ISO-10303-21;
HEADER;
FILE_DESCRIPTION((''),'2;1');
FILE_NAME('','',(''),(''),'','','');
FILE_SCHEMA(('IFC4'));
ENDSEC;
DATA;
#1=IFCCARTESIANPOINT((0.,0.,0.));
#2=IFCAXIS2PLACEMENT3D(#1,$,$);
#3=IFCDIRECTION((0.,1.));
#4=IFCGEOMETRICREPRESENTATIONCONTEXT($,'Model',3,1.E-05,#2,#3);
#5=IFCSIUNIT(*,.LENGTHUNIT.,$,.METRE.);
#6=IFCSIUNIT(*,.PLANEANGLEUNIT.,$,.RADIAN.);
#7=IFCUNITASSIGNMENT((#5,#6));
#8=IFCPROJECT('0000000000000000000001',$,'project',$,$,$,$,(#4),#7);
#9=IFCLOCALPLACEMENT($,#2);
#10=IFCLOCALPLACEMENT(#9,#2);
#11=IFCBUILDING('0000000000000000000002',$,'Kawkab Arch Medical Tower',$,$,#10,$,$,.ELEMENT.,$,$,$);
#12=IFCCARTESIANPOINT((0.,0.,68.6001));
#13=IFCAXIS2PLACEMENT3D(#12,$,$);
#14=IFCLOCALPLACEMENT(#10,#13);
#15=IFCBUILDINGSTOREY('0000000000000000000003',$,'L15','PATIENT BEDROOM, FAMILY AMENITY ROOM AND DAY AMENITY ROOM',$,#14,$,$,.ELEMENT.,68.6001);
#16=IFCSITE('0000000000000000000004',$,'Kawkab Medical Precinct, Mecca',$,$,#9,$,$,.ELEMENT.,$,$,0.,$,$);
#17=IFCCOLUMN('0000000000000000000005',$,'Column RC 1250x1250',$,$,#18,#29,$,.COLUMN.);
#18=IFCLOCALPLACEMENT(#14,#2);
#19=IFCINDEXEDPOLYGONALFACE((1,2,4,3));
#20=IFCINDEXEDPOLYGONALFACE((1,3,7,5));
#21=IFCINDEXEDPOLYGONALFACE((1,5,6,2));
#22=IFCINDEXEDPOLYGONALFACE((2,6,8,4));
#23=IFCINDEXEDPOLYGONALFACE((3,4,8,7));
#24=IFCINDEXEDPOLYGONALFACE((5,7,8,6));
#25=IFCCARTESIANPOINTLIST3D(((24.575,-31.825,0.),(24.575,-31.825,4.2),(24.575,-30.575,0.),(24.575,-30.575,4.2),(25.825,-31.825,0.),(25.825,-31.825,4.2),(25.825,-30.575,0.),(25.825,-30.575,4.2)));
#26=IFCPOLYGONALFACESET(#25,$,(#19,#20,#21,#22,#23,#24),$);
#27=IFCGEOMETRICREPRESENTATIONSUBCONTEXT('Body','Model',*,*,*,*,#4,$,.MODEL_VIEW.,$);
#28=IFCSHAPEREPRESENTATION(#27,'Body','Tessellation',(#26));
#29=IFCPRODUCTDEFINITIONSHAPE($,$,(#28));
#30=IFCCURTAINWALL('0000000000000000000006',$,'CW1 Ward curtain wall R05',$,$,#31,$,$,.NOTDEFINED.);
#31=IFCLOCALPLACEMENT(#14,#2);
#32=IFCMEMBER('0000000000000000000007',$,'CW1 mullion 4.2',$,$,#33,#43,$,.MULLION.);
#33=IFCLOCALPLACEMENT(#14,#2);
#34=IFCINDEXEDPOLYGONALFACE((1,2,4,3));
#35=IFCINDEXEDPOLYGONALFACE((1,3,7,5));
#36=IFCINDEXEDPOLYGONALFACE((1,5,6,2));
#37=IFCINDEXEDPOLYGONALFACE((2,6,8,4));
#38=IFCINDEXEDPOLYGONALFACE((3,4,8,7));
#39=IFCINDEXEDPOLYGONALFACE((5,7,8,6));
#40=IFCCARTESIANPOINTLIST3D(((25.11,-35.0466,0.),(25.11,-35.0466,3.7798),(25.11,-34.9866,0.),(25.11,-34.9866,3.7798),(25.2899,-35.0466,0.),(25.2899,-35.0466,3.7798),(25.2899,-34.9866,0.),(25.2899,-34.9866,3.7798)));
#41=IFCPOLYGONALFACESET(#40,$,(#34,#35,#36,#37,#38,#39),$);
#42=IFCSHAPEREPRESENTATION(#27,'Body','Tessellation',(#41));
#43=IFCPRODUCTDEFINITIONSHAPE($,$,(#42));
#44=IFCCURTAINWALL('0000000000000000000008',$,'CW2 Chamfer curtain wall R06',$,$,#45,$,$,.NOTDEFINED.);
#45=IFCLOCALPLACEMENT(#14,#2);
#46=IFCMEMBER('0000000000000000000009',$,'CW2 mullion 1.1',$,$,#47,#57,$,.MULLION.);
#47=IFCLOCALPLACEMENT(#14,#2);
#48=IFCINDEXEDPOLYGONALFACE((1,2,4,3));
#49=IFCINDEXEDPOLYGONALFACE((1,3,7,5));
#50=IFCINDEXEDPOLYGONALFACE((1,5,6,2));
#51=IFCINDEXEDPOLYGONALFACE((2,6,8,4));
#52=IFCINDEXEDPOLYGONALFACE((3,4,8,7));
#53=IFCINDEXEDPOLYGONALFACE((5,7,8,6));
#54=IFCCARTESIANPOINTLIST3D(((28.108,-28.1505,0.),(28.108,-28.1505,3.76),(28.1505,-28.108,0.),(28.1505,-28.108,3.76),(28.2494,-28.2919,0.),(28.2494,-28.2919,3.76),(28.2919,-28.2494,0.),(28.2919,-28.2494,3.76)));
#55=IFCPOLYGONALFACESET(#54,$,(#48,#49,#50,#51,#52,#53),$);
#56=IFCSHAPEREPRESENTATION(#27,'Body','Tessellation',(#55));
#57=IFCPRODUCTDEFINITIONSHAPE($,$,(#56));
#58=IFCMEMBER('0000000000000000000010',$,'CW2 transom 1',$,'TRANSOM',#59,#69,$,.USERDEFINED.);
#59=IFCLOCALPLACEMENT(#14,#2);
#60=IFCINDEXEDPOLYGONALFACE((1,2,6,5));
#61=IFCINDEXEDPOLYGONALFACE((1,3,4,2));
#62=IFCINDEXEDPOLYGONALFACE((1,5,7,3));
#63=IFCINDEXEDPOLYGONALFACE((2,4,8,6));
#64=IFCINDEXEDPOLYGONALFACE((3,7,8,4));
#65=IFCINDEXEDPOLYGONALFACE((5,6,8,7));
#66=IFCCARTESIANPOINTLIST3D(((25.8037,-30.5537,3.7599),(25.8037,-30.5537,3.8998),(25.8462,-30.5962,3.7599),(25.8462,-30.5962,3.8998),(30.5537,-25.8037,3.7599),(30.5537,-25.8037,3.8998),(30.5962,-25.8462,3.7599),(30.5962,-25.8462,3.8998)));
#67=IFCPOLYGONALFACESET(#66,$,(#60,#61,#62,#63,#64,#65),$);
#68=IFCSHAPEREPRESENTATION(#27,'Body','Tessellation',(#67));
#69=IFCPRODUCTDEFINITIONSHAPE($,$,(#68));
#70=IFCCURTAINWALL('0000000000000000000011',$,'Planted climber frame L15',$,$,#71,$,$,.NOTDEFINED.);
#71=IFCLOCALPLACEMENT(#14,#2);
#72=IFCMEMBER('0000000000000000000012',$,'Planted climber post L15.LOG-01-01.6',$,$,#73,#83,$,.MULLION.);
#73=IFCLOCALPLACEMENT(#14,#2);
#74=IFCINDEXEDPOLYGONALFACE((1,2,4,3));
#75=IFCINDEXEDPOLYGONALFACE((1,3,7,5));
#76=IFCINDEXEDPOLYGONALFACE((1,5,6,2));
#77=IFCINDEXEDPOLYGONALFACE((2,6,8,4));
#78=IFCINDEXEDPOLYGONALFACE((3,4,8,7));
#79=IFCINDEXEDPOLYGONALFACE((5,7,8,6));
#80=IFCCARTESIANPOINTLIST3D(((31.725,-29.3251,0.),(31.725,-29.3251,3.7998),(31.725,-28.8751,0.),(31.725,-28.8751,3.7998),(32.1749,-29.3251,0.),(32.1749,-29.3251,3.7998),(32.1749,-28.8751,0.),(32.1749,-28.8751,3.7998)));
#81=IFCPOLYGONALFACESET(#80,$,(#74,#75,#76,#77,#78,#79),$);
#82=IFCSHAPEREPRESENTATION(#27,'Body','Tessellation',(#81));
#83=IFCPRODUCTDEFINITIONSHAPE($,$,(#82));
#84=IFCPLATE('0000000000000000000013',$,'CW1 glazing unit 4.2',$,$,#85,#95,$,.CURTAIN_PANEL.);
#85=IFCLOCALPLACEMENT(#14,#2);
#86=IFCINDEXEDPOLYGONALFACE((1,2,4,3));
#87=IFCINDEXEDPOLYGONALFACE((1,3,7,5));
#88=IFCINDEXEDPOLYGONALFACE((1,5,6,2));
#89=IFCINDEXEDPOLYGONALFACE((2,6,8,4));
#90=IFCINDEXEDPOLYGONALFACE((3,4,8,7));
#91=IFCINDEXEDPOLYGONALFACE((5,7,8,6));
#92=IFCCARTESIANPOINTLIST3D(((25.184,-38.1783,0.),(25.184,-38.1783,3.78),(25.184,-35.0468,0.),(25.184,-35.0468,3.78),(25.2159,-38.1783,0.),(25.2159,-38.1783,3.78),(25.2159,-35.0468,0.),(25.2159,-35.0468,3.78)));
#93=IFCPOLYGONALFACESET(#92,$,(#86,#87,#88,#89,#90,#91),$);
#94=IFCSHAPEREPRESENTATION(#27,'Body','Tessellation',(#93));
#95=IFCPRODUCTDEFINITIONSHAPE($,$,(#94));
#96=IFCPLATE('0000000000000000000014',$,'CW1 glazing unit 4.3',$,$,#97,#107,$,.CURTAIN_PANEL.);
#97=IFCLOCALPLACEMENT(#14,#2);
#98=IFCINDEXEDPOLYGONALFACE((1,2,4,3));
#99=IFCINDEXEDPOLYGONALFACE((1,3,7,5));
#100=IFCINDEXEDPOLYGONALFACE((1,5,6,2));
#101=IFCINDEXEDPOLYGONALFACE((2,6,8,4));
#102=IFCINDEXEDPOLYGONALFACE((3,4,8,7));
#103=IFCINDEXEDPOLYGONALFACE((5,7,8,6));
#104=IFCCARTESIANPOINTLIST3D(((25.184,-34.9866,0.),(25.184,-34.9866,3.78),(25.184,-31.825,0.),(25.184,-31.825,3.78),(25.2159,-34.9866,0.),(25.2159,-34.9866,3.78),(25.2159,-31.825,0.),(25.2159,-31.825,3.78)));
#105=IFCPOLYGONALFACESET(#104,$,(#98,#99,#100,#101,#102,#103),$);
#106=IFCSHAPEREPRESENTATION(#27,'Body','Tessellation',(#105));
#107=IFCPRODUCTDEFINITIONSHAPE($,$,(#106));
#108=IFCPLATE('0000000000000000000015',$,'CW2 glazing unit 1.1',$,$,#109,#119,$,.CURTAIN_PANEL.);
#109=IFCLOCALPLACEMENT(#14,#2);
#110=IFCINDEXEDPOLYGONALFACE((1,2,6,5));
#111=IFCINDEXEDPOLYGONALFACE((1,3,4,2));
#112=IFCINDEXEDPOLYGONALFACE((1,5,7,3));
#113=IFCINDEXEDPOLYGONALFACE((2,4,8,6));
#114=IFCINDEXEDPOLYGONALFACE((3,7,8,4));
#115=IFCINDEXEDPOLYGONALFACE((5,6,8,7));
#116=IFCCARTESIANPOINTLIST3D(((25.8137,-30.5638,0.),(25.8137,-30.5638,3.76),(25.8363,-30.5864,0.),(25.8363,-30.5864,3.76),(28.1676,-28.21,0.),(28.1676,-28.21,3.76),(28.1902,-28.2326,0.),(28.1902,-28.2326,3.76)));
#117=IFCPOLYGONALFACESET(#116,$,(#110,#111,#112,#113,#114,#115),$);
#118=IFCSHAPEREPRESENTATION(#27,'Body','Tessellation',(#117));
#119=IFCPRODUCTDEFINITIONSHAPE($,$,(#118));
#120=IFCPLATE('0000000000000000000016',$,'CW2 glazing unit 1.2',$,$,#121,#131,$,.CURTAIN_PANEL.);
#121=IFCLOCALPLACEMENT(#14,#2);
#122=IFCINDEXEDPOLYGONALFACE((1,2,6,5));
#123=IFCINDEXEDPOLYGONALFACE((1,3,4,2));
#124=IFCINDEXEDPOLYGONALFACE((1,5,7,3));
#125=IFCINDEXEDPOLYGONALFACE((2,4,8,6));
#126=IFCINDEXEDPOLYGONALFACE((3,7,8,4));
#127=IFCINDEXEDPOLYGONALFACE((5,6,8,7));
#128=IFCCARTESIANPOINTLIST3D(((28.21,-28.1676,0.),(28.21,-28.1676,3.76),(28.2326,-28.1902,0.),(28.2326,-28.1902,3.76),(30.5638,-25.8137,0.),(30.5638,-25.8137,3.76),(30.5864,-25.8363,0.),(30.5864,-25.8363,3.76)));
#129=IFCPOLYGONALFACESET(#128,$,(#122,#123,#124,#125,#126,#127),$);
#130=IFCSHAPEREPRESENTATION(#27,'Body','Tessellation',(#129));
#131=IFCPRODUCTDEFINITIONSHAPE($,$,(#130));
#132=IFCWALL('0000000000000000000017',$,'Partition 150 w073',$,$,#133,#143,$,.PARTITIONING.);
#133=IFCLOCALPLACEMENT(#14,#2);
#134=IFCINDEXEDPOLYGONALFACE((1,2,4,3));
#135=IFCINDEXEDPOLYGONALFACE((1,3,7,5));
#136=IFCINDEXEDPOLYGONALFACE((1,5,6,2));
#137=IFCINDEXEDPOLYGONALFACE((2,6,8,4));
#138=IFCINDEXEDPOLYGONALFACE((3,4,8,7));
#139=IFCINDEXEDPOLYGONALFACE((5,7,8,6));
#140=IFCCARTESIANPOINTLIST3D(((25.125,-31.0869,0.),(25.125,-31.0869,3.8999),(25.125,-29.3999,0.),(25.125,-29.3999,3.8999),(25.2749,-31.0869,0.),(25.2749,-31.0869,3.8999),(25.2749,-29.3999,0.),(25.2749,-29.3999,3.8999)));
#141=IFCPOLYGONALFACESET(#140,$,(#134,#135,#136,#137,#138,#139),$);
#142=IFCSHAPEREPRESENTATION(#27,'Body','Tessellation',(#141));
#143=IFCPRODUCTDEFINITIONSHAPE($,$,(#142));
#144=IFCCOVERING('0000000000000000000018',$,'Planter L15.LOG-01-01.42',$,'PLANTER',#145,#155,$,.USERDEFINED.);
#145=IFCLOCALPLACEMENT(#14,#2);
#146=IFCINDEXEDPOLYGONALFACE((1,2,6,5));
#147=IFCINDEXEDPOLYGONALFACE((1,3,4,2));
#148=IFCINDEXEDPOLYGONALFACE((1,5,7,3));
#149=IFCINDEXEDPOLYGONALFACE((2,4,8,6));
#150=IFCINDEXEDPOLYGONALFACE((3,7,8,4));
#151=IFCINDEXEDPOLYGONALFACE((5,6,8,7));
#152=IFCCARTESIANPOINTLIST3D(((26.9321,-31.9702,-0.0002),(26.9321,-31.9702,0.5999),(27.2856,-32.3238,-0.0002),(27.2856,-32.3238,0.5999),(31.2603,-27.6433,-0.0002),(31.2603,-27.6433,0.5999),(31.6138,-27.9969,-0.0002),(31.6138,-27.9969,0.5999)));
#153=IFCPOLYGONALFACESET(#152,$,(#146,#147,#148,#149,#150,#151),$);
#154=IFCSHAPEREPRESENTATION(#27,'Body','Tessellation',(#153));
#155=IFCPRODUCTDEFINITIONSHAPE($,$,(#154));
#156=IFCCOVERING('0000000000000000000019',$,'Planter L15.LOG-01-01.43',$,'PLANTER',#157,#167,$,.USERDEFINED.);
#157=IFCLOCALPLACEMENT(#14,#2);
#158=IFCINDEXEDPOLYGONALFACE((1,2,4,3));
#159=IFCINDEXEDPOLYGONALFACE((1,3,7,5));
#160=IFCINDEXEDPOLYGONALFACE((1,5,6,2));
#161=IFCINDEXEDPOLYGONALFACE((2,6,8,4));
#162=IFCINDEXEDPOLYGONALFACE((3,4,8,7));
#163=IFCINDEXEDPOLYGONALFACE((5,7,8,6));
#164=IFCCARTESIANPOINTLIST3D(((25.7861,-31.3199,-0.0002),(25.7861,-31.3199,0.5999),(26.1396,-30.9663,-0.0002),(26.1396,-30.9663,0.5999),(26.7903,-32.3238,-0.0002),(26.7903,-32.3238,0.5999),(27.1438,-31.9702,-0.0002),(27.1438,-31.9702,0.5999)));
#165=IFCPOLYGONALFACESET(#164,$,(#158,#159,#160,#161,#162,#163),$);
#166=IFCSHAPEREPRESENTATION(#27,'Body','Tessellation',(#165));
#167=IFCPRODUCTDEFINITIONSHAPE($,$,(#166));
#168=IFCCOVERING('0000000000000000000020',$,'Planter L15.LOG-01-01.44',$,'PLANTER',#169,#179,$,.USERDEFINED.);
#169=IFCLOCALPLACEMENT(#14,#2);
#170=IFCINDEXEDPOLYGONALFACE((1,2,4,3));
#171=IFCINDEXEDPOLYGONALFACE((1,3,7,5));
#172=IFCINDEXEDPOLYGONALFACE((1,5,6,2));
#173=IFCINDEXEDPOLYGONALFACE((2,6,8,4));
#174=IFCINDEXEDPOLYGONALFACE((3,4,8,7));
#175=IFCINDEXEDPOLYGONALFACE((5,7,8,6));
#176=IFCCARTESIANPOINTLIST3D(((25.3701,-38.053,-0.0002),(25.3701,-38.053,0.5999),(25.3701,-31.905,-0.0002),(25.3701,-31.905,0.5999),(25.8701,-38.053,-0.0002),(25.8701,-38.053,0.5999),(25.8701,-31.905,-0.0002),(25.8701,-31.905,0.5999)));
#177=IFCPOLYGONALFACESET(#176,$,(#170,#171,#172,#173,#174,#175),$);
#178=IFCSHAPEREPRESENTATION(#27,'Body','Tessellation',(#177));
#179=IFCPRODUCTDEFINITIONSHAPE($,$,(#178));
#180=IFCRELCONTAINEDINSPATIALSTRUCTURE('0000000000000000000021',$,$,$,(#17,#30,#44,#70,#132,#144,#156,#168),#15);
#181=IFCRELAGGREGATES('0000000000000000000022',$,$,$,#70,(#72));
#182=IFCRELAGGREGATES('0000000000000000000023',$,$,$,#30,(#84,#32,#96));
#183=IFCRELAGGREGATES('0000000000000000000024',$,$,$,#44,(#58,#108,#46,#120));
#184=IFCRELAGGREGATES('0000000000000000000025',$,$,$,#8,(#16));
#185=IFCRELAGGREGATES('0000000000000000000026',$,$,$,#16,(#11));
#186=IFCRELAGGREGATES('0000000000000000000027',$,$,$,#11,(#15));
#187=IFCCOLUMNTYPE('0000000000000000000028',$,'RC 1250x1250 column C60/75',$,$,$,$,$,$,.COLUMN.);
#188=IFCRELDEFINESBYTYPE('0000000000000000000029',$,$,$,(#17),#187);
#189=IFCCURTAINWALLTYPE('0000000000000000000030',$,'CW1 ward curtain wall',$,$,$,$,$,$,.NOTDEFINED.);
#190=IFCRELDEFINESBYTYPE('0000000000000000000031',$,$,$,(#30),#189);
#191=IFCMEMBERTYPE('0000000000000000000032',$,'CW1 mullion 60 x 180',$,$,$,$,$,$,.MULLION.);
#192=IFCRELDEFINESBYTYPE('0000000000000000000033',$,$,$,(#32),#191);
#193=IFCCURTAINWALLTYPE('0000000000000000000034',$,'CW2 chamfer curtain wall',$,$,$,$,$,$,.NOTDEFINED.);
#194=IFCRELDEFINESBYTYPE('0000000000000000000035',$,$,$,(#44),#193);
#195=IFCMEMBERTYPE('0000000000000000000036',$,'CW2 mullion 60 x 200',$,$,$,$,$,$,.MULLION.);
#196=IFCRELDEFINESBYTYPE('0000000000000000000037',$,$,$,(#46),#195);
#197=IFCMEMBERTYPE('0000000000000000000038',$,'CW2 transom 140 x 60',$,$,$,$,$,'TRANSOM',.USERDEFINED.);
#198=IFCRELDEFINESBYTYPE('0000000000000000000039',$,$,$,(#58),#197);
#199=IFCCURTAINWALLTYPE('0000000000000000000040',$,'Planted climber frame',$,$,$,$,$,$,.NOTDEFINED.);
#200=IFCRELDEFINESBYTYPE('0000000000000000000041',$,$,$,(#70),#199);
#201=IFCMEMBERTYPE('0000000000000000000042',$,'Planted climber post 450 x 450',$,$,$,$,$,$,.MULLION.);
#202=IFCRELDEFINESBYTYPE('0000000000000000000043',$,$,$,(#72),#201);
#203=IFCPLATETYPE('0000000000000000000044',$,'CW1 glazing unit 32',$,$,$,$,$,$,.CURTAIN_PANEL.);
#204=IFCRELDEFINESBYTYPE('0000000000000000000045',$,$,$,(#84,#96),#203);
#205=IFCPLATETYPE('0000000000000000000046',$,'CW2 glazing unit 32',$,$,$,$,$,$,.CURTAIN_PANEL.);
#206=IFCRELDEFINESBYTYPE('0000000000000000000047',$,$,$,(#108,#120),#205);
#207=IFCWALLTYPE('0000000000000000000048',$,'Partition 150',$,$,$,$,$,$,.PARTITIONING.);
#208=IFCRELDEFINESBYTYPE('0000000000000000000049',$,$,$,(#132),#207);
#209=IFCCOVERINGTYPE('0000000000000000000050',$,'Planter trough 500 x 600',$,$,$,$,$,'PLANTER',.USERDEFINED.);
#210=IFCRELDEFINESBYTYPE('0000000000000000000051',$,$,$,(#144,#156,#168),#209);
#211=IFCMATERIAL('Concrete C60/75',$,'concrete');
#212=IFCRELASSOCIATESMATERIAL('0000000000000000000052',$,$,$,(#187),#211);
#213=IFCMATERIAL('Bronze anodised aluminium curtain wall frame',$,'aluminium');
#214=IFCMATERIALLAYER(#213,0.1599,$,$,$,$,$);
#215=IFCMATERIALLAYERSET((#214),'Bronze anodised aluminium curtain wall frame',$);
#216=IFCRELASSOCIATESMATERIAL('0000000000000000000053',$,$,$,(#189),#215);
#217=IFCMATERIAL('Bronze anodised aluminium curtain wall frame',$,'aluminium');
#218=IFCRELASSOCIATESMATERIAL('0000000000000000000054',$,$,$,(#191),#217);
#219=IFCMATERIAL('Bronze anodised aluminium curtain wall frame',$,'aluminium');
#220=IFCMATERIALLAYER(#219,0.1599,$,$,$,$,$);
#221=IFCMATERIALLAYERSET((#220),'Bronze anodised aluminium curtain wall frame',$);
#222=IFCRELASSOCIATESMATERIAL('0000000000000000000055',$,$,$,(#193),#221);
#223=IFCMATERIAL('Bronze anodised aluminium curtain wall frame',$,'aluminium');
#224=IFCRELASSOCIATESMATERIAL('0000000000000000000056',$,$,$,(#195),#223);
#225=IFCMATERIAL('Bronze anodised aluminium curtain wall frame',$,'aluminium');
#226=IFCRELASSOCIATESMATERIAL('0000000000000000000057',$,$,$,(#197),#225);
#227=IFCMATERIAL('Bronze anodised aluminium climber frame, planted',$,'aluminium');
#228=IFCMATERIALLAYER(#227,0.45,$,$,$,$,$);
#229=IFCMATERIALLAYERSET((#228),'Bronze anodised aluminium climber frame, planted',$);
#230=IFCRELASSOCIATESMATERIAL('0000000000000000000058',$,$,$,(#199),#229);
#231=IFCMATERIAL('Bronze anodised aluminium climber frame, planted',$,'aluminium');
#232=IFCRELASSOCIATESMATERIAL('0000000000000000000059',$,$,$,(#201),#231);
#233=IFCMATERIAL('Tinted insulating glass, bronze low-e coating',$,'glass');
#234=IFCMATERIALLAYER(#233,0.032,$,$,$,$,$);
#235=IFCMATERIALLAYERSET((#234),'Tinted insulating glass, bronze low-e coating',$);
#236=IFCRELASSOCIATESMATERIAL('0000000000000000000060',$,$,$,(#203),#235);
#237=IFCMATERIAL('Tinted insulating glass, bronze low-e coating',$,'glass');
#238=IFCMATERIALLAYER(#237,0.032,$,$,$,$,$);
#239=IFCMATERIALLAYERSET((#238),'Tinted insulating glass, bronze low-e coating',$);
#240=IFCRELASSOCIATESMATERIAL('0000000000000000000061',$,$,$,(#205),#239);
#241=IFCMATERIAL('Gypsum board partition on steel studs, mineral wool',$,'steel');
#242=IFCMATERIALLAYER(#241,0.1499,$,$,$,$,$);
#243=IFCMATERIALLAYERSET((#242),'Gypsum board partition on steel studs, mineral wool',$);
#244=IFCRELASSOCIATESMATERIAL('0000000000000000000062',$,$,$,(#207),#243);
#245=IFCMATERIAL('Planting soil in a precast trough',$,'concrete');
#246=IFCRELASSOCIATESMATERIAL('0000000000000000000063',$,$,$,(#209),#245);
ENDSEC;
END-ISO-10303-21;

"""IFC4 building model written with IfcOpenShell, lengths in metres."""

from ifc_helpers import new_model, si_unit, direction, frame, frame_2d, origin, origin_2d, place, context, subcontext, project, spatial, rectangle, extrude, material, layer, layer_set, material_profile, profile_set, type_object, element, aggregate, save


model = new_model("IFC4")

# Units and contexts
model_context = context("Model", 3, precision=1e-05, world=origin(), true_north=direction((0.0, 1.0)))
body_context = subcontext(model_context, "Body", "Model", "MODEL_VIEW")
ifc_project = project(units=[si_unit("LENGTHUNIT", "METRE"), si_unit("PLANEANGLEUNIT", "RADIAN")], contexts=[model_context])

# Site, building, storey
site_placement = place(None, origin())
site = spatial("IfcSite", under=ifc_project, at=site_placement, Name="Kawkab Medical Precinct, Mecca", CompositionType="ELEMENT", RefElevation=0.0)
building_placement = place(site_placement, origin())
building = spatial("IfcBuilding", under=site, at=building_placement, Name="Kawkab Arch Medical Tower", CompositionType="ELEMENT")
storey_placement = place(building_placement, frame((0.0, 0.0, 68.6001)))
storey = spatial("IfcBuildingStorey", under=building, at=storey_placement, Name="L15", Description="PATIENT BEDROOM, FAMILY AMENITY ROOM AND DAY AMENITY ROOM", CompositionType="ELEMENT", Elevation=68.6001)

# Column
ifc_material_1 = material(Name="Concrete C60/75", Category="concrete")
ifc_material_profile_1 = material_profile(ifc_material_1, rectangle(XDim=1.25, YDim=1.25, at=origin_2d()), Name="RC 1250x1250")
ifc_profile_set_1 = profile_set([ifc_material_profile_1], Name="Concrete C60/75")
column_type = type_object("IfcColumnType", Name="RC 1250x1250 column C60/75", PredefinedType="COLUMN", material=ifc_profile_set_1)
column_placement = place(storey_placement, frame((25.2, -31.2, 0.0), z_axis=(0.0, 0.0, 1.0), x_axis=(1.0, 0.0, 0.0)))
element("IfcColumn", 1, at=column_placement, inside=storey, type_object=column_type, Name="Column RC 1250x1250", PredefinedType="COLUMN", context=body_context, shape_type="SweptSolid", body=[
    extrude(rectangle(XDim=1.25, YDim=1.25, at=origin_2d()), origin(), (0.0, 0.0, 1.0), 4.2),
])

# Curtain wall, member
ifc_material_2 = material(Name="Bronze anodised aluminium curtain wall frame", Category="aluminium")
ifc_layer_1 = layer(ifc_material_2, 0.1599)
ifc_layer_set_1 = layer_set([ifc_layer_1], Name="Bronze anodised aluminium curtain wall frame")
curtain_wall_type_1 = type_object("IfcCurtainWallType", Name="CW1 ward curtain wall", PredefinedType="NOTDEFINED", material=ifc_layer_set_1)
placement = place(storey_placement, origin())
curtain_wall_1 = element("IfcCurtainWall", 2, at=placement, inside=storey, type_object=curtain_wall_type_1, Name="CW1 Ward curtain wall R05", PredefinedType="NOTDEFINED")
ifc_material_3 = material(Name="Bronze anodised aluminium curtain wall frame", Category="aluminium")
ifc_material_profile_2 = material_profile(ifc_material_3, rectangle(XDim=0.1799, YDim=0.0601, at=origin_2d()), Name="AL 60x180")
ifc_profile_set_2 = profile_set([ifc_material_profile_2], Name="Bronze anodised aluminium curtain wall frame")
member_type_1 = type_object("IfcMemberType", Name="CW1 mullion 60 x 180", PredefinedType="MULLION", material=ifc_profile_set_2)
member_1_placement = place(storey_placement, frame((25.2, -35.0166, 0.0), z_axis=(0.0, 0.0, 1.0), x_axis=(-1.0, 0.0, 0.0)))
member_1 = element("IfcMember", 3, at=member_1_placement, type_object=member_type_1, Name="CW1 mullion 4.2", PredefinedType="MULLION", context=body_context, shape_type="SweptSolid", body=[
    extrude(rectangle(XDim=0.1799, YDim=0.0601, at=origin_2d()), origin(), (0.0, 0.0, 1.0), 3.7798),
])

# Curtain wall, members
ifc_material_4 = material(Name="Bronze anodised aluminium curtain wall frame", Category="aluminium")
ifc_layer_2 = layer(ifc_material_4, 0.1599)
ifc_layer_set_2 = layer_set([ifc_layer_2], Name="Bronze anodised aluminium curtain wall frame")
curtain_wall_type_2 = type_object("IfcCurtainWallType", Name="CW2 chamfer curtain wall", PredefinedType="NOTDEFINED", material=ifc_layer_set_2)
curtain_wall_2 = element("IfcCurtainWall", 4, at=placement, inside=storey, type_object=curtain_wall_type_2, Name="CW2 Chamfer curtain wall R06", PredefinedType="NOTDEFINED")
ifc_material_5 = material(Name="Bronze anodised aluminium curtain wall frame", Category="aluminium")
ifc_material_profile_3 = material_profile(ifc_material_5, rectangle(XDim=0.2, YDim=0.0601, at=origin_2d()), Name="AL 60x200")
ifc_profile_set_3 = profile_set([ifc_material_profile_3], Name="Bronze anodised aluminium curtain wall frame")
member_type_2 = type_object("IfcMemberType", Name="CW2 mullion 60 x 200", PredefinedType="MULLION", material=ifc_profile_set_3)
member_2_placement = place(storey_placement, frame((28.2, -28.2, 0.0), z_axis=(0.0, 0.0, 1.0), x_axis=(-0.707107, 0.707107, 0.0)))
member_2 = element("IfcMember", 5, at=member_2_placement, type_object=member_type_2, Name="CW2 mullion 1.1", PredefinedType="MULLION", context=body_context, shape_type="SweptSolid", body=[
    extrude(rectangle(XDim=0.2, YDim=0.0601, at=origin_2d()), origin(), (0.0, 0.0, 1.0), 3.76),
])
ifc_material_6 = material(Name="Bronze anodised aluminium curtain wall frame", Category="aluminium")
ifc_material_profile_4 = material_profile(ifc_material_6, rectangle(XDim=0.0601, YDim=0.1399, at=origin_2d()), Name="AL 60x140")
ifc_profile_set_4 = profile_set([ifc_material_profile_4], Name="Bronze anodised aluminium curtain wall frame")
member_type_3 = type_object("IfcMemberType", Name="CW2 transom 140 x 60", ElementType="TRANSOM", PredefinedType="USERDEFINED", material=ifc_profile_set_4)
member_3_placement = place(storey_placement, frame((25.825, -30.575, 3.8298), z_axis=(0.707107, 0.707107, 0.0), x_axis=(-0.707107, 0.707107, 0.0)))
member_3 = element("IfcMember", 6, at=member_3_placement, type_object=member_type_3, Name="CW2 transom 1", ObjectType="TRANSOM", PredefinedType="USERDEFINED", context=body_context, shape_type="SweptSolid", body=[
    extrude(rectangle(XDim=0.0601, YDim=0.1399, at=origin_2d()), origin(), (0.0, 0.0, 1.0), 6.7175),
])

# Curtain wall, member
ifc_material_7 = material(Name="Bronze anodised aluminium climber frame, planted", Category="aluminium")
ifc_layer_3 = layer(ifc_material_7, 0.45)
ifc_layer_set_3 = layer_set([ifc_layer_3], Name="Bronze anodised aluminium climber frame, planted")
curtain_wall_type_3 = type_object("IfcCurtainWallType", Name="Planted climber frame", PredefinedType="NOTDEFINED", material=ifc_layer_set_3)
curtain_wall_3 = element("IfcCurtainWall", 7, at=placement, inside=storey, type_object=curtain_wall_type_3, Name="Planted climber frame L15", PredefinedType="NOTDEFINED")
ifc_material_8 = material(Name="Bronze anodised aluminium climber frame, planted", Category="aluminium")
ifc_material_profile_5 = material_profile(ifc_material_8, rectangle(XDim=0.45, YDim=0.45, at=origin_2d()), Name="Post 450x450")
ifc_profile_set_5 = profile_set([ifc_material_profile_5], Name="Bronze anodised aluminium climber frame, planted")
member_type_4 = type_object("IfcMemberType", Name="Planted climber post 450 x 450", PredefinedType="MULLION", material=ifc_profile_set_5)
member_4_placement = place(storey_placement, frame((31.95, -29.1001, 0.0), z_axis=(0.0, 0.0, 1.0), x_axis=(1.0, 0.0, 0.0)))
member_4 = element("IfcMember", 8, at=member_4_placement, type_object=member_type_4, Name="Planted climber post L15.LOG-01-01.6", PredefinedType="MULLION", context=body_context, shape_type="SweptSolid", body=[
    extrude(rectangle(XDim=0.45, YDim=0.45, at=origin_2d()), origin(), (0.0, 0.0, 1.0), 3.7998),
])
aggregate(curtain_wall_3, [member_4])

# Plates
ifc_material_9 = material(Name="Tinted insulating glass, bronze low-e coating", Category="glass")
ifc_layer_4 = layer(ifc_material_9, 0.032)
ifc_layer_set_4 = layer_set([ifc_layer_4], Name="Tinted insulating glass, bronze low-e coating")
plate_type_1 = type_object("IfcPlateType", Name="CW1 glazing unit 32", PredefinedType="CURTAIN_PANEL", material=ifc_layer_set_4)
plate_1_placement = place(storey_placement, frame((25.2, -36.6125, 0.0), z_axis=(0.0, 0.0, 1.0), x_axis=(0.0, 1.0, 0.0)))
plate_1 = element("IfcPlate", 9, at=plate_1_placement, type_object=plate_type_1, Name="CW1 glazing unit 4.2", PredefinedType="CURTAIN_PANEL", context=body_context, shape_type="SweptSolid", body=[
    extrude(rectangle(XDim=3.1316, YDim=0.032, at=origin_2d()), origin(), (0.0, 0.0, 1.0), 3.78),
])
plate_2_placement = place(storey_placement, frame((25.2, -33.4058, 0.0), z_axis=(0.0, 0.0, 1.0), x_axis=(0.0, 1.0, 0.0)))
plate_2 = element("IfcPlate", 10, at=plate_2_placement, type_object=plate_type_1, Name="CW1 glazing unit 4.3", PredefinedType="CURTAIN_PANEL", context=body_context, shape_type="SweptSolid", body=[
    extrude(rectangle(XDim=3.1616, YDim=0.032, at=origin_2d()), origin(), (0.0, 0.0, 1.0), 3.78),
])
aggregate(curtain_wall_1, [plate_1, member_1, plate_2])
ifc_material_10 = material(Name="Tinted insulating glass, bronze low-e coating", Category="glass")
ifc_layer_5 = layer(ifc_material_10, 0.032)
ifc_layer_set_5 = layer_set([ifc_layer_5], Name="Tinted insulating glass, bronze low-e coating")
plate_type_2 = type_object("IfcPlateType", Name="CW2 glazing unit 32", PredefinedType="CURTAIN_PANEL", material=ifc_layer_set_5)
plate_3_placement = place(storey_placement, frame((27.002, -29.3982, 0.0), z_axis=(0.0, 0.0, 1.0), x_axis=(0.707107, 0.707107, 0.0)))
plate_3 = element("IfcPlate", 11, at=plate_3_placement, type_object=plate_type_2, Name="CW2 glazing unit 1.1", PredefinedType="CURTAIN_PANEL", context=body_context, shape_type="SweptSolid", body=[
    extrude(rectangle(XDim=3.3289, YDim=0.032, at=origin_2d()), origin(), (0.0, 0.0, 1.0), 3.76),
])
plate_4_placement = place(storey_placement, frame((29.3982, -27.002, 0.0), z_axis=(0.0, 0.0, 1.0), x_axis=(0.707107, 0.707107, 0.0)))
plate_4 = element("IfcPlate", 12, at=plate_4_placement, type_object=plate_type_2, Name="CW2 glazing unit 1.2", PredefinedType="CURTAIN_PANEL", context=body_context, shape_type="SweptSolid", body=[
    extrude(rectangle(XDim=3.3289, YDim=0.032, at=origin_2d()), origin(), (0.0, 0.0, 1.0), 3.76),
])
aggregate(curtain_wall_2, [member_3, plate_3, member_2, plate_4])

# Wall
ifc_material_11 = material(Name="Gypsum board partition on steel studs, mineral wool", Category="steel")
ifc_layer_6 = layer(ifc_material_11, 0.1499)
ifc_layer_set_6 = layer_set([ifc_layer_6], Name="Gypsum board partition on steel studs, mineral wool")
wall_type = type_object("IfcWallType", Name="Partition 150", PredefinedType="PARTITIONING", material=ifc_layer_set_6)
wall_placement = place(storey_placement, frame((25.2, -31.0869, 0.0), z_axis=(0.0, 0.0, 1.0), x_axis=(0.0, 1.0, 0.0)))
element("IfcWall", 13, at=wall_placement, inside=storey, type_object=wall_type, Name="Partition 150 w073", PredefinedType="PARTITIONING", context=body_context, shape_type="SweptSolid", body=[
    extrude(rectangle(XDim=1.687, YDim=0.1499, at=frame_2d((0.8435, 0.0))), origin(), (0.0, 0.0, 1.0), 3.8999),
])

# Coverings
ifc_material_12 = material(Name="Planting soil in a precast trough", Category="concrete")
ifc_material_profile_6 = material_profile(ifc_material_12, rectangle(XDim=0.5, YDim=0.6001, at=origin_2d()), Name="Trough 500x600")
ifc_profile_set_6 = profile_set([ifc_material_profile_6], Name="Planting soil in a precast trough")
covering_type = type_object("IfcCoveringType", Name="Planter trough 500 x 600", ElementType="PLANTER", PredefinedType="USERDEFINED", material=ifc_profile_set_6)
covering_1_placement = place(storey_placement, frame((31.437, -27.8201, 0.2998), z_axis=(-0.707207, -0.707007, 0.0), x_axis=(0.707007, -0.707207, 0.0)))
element("IfcCovering", 14, at=covering_1_placement, inside=storey, type_object=covering_type, Name="Planter L15.LOG-01-01.42", ObjectType="PLANTER", PredefinedType="USERDEFINED", context=body_context, shape_type="SweptSolid", body=[
    extrude(rectangle(XDim=0.5, YDim=0.6001, at=origin_2d()), origin(), (0.0, 0.0, 1.0), 6.1201),
])
covering_2_placement = place(storey_placement, frame((26.967, -32.147, 0.2998), z_axis=(-0.707193, 0.707021, 0.0), x_axis=(-0.707021, -0.707193, 0.0)))
element("IfcCovering", 15, at=covering_2_placement, inside=storey, type_object=covering_type, Name="Planter L15.LOG-01-01.43", ObjectType="PLANTER", PredefinedType="USERDEFINED", context=body_context, shape_type="SweptSolid", body=[
    extrude(rectangle(XDim=0.5, YDim=0.6001, at=origin_2d()), origin(), (0.0, 0.0, 1.0), 1.4199),
])
covering_3_placement = place(storey_placement, frame((25.6201, -31.905, 0.2998), z_axis=(0.0, -1.0, 0.0), x_axis=(1.0, 0.0, 0.0)))
element("IfcCovering", 16, at=covering_3_placement, inside=storey, type_object=covering_type, Name="Planter L15.LOG-01-01.44", ObjectType="PLANTER", PredefinedType="USERDEFINED", context=body_context, shape_type="SweptSolid", body=[
    extrude(rectangle(XDim=0.5, YDim=0.6001, at=origin_2d()), origin(), (0.0, 0.0, 1.0), 6.1479),
])

save(model, "model.ifc")
